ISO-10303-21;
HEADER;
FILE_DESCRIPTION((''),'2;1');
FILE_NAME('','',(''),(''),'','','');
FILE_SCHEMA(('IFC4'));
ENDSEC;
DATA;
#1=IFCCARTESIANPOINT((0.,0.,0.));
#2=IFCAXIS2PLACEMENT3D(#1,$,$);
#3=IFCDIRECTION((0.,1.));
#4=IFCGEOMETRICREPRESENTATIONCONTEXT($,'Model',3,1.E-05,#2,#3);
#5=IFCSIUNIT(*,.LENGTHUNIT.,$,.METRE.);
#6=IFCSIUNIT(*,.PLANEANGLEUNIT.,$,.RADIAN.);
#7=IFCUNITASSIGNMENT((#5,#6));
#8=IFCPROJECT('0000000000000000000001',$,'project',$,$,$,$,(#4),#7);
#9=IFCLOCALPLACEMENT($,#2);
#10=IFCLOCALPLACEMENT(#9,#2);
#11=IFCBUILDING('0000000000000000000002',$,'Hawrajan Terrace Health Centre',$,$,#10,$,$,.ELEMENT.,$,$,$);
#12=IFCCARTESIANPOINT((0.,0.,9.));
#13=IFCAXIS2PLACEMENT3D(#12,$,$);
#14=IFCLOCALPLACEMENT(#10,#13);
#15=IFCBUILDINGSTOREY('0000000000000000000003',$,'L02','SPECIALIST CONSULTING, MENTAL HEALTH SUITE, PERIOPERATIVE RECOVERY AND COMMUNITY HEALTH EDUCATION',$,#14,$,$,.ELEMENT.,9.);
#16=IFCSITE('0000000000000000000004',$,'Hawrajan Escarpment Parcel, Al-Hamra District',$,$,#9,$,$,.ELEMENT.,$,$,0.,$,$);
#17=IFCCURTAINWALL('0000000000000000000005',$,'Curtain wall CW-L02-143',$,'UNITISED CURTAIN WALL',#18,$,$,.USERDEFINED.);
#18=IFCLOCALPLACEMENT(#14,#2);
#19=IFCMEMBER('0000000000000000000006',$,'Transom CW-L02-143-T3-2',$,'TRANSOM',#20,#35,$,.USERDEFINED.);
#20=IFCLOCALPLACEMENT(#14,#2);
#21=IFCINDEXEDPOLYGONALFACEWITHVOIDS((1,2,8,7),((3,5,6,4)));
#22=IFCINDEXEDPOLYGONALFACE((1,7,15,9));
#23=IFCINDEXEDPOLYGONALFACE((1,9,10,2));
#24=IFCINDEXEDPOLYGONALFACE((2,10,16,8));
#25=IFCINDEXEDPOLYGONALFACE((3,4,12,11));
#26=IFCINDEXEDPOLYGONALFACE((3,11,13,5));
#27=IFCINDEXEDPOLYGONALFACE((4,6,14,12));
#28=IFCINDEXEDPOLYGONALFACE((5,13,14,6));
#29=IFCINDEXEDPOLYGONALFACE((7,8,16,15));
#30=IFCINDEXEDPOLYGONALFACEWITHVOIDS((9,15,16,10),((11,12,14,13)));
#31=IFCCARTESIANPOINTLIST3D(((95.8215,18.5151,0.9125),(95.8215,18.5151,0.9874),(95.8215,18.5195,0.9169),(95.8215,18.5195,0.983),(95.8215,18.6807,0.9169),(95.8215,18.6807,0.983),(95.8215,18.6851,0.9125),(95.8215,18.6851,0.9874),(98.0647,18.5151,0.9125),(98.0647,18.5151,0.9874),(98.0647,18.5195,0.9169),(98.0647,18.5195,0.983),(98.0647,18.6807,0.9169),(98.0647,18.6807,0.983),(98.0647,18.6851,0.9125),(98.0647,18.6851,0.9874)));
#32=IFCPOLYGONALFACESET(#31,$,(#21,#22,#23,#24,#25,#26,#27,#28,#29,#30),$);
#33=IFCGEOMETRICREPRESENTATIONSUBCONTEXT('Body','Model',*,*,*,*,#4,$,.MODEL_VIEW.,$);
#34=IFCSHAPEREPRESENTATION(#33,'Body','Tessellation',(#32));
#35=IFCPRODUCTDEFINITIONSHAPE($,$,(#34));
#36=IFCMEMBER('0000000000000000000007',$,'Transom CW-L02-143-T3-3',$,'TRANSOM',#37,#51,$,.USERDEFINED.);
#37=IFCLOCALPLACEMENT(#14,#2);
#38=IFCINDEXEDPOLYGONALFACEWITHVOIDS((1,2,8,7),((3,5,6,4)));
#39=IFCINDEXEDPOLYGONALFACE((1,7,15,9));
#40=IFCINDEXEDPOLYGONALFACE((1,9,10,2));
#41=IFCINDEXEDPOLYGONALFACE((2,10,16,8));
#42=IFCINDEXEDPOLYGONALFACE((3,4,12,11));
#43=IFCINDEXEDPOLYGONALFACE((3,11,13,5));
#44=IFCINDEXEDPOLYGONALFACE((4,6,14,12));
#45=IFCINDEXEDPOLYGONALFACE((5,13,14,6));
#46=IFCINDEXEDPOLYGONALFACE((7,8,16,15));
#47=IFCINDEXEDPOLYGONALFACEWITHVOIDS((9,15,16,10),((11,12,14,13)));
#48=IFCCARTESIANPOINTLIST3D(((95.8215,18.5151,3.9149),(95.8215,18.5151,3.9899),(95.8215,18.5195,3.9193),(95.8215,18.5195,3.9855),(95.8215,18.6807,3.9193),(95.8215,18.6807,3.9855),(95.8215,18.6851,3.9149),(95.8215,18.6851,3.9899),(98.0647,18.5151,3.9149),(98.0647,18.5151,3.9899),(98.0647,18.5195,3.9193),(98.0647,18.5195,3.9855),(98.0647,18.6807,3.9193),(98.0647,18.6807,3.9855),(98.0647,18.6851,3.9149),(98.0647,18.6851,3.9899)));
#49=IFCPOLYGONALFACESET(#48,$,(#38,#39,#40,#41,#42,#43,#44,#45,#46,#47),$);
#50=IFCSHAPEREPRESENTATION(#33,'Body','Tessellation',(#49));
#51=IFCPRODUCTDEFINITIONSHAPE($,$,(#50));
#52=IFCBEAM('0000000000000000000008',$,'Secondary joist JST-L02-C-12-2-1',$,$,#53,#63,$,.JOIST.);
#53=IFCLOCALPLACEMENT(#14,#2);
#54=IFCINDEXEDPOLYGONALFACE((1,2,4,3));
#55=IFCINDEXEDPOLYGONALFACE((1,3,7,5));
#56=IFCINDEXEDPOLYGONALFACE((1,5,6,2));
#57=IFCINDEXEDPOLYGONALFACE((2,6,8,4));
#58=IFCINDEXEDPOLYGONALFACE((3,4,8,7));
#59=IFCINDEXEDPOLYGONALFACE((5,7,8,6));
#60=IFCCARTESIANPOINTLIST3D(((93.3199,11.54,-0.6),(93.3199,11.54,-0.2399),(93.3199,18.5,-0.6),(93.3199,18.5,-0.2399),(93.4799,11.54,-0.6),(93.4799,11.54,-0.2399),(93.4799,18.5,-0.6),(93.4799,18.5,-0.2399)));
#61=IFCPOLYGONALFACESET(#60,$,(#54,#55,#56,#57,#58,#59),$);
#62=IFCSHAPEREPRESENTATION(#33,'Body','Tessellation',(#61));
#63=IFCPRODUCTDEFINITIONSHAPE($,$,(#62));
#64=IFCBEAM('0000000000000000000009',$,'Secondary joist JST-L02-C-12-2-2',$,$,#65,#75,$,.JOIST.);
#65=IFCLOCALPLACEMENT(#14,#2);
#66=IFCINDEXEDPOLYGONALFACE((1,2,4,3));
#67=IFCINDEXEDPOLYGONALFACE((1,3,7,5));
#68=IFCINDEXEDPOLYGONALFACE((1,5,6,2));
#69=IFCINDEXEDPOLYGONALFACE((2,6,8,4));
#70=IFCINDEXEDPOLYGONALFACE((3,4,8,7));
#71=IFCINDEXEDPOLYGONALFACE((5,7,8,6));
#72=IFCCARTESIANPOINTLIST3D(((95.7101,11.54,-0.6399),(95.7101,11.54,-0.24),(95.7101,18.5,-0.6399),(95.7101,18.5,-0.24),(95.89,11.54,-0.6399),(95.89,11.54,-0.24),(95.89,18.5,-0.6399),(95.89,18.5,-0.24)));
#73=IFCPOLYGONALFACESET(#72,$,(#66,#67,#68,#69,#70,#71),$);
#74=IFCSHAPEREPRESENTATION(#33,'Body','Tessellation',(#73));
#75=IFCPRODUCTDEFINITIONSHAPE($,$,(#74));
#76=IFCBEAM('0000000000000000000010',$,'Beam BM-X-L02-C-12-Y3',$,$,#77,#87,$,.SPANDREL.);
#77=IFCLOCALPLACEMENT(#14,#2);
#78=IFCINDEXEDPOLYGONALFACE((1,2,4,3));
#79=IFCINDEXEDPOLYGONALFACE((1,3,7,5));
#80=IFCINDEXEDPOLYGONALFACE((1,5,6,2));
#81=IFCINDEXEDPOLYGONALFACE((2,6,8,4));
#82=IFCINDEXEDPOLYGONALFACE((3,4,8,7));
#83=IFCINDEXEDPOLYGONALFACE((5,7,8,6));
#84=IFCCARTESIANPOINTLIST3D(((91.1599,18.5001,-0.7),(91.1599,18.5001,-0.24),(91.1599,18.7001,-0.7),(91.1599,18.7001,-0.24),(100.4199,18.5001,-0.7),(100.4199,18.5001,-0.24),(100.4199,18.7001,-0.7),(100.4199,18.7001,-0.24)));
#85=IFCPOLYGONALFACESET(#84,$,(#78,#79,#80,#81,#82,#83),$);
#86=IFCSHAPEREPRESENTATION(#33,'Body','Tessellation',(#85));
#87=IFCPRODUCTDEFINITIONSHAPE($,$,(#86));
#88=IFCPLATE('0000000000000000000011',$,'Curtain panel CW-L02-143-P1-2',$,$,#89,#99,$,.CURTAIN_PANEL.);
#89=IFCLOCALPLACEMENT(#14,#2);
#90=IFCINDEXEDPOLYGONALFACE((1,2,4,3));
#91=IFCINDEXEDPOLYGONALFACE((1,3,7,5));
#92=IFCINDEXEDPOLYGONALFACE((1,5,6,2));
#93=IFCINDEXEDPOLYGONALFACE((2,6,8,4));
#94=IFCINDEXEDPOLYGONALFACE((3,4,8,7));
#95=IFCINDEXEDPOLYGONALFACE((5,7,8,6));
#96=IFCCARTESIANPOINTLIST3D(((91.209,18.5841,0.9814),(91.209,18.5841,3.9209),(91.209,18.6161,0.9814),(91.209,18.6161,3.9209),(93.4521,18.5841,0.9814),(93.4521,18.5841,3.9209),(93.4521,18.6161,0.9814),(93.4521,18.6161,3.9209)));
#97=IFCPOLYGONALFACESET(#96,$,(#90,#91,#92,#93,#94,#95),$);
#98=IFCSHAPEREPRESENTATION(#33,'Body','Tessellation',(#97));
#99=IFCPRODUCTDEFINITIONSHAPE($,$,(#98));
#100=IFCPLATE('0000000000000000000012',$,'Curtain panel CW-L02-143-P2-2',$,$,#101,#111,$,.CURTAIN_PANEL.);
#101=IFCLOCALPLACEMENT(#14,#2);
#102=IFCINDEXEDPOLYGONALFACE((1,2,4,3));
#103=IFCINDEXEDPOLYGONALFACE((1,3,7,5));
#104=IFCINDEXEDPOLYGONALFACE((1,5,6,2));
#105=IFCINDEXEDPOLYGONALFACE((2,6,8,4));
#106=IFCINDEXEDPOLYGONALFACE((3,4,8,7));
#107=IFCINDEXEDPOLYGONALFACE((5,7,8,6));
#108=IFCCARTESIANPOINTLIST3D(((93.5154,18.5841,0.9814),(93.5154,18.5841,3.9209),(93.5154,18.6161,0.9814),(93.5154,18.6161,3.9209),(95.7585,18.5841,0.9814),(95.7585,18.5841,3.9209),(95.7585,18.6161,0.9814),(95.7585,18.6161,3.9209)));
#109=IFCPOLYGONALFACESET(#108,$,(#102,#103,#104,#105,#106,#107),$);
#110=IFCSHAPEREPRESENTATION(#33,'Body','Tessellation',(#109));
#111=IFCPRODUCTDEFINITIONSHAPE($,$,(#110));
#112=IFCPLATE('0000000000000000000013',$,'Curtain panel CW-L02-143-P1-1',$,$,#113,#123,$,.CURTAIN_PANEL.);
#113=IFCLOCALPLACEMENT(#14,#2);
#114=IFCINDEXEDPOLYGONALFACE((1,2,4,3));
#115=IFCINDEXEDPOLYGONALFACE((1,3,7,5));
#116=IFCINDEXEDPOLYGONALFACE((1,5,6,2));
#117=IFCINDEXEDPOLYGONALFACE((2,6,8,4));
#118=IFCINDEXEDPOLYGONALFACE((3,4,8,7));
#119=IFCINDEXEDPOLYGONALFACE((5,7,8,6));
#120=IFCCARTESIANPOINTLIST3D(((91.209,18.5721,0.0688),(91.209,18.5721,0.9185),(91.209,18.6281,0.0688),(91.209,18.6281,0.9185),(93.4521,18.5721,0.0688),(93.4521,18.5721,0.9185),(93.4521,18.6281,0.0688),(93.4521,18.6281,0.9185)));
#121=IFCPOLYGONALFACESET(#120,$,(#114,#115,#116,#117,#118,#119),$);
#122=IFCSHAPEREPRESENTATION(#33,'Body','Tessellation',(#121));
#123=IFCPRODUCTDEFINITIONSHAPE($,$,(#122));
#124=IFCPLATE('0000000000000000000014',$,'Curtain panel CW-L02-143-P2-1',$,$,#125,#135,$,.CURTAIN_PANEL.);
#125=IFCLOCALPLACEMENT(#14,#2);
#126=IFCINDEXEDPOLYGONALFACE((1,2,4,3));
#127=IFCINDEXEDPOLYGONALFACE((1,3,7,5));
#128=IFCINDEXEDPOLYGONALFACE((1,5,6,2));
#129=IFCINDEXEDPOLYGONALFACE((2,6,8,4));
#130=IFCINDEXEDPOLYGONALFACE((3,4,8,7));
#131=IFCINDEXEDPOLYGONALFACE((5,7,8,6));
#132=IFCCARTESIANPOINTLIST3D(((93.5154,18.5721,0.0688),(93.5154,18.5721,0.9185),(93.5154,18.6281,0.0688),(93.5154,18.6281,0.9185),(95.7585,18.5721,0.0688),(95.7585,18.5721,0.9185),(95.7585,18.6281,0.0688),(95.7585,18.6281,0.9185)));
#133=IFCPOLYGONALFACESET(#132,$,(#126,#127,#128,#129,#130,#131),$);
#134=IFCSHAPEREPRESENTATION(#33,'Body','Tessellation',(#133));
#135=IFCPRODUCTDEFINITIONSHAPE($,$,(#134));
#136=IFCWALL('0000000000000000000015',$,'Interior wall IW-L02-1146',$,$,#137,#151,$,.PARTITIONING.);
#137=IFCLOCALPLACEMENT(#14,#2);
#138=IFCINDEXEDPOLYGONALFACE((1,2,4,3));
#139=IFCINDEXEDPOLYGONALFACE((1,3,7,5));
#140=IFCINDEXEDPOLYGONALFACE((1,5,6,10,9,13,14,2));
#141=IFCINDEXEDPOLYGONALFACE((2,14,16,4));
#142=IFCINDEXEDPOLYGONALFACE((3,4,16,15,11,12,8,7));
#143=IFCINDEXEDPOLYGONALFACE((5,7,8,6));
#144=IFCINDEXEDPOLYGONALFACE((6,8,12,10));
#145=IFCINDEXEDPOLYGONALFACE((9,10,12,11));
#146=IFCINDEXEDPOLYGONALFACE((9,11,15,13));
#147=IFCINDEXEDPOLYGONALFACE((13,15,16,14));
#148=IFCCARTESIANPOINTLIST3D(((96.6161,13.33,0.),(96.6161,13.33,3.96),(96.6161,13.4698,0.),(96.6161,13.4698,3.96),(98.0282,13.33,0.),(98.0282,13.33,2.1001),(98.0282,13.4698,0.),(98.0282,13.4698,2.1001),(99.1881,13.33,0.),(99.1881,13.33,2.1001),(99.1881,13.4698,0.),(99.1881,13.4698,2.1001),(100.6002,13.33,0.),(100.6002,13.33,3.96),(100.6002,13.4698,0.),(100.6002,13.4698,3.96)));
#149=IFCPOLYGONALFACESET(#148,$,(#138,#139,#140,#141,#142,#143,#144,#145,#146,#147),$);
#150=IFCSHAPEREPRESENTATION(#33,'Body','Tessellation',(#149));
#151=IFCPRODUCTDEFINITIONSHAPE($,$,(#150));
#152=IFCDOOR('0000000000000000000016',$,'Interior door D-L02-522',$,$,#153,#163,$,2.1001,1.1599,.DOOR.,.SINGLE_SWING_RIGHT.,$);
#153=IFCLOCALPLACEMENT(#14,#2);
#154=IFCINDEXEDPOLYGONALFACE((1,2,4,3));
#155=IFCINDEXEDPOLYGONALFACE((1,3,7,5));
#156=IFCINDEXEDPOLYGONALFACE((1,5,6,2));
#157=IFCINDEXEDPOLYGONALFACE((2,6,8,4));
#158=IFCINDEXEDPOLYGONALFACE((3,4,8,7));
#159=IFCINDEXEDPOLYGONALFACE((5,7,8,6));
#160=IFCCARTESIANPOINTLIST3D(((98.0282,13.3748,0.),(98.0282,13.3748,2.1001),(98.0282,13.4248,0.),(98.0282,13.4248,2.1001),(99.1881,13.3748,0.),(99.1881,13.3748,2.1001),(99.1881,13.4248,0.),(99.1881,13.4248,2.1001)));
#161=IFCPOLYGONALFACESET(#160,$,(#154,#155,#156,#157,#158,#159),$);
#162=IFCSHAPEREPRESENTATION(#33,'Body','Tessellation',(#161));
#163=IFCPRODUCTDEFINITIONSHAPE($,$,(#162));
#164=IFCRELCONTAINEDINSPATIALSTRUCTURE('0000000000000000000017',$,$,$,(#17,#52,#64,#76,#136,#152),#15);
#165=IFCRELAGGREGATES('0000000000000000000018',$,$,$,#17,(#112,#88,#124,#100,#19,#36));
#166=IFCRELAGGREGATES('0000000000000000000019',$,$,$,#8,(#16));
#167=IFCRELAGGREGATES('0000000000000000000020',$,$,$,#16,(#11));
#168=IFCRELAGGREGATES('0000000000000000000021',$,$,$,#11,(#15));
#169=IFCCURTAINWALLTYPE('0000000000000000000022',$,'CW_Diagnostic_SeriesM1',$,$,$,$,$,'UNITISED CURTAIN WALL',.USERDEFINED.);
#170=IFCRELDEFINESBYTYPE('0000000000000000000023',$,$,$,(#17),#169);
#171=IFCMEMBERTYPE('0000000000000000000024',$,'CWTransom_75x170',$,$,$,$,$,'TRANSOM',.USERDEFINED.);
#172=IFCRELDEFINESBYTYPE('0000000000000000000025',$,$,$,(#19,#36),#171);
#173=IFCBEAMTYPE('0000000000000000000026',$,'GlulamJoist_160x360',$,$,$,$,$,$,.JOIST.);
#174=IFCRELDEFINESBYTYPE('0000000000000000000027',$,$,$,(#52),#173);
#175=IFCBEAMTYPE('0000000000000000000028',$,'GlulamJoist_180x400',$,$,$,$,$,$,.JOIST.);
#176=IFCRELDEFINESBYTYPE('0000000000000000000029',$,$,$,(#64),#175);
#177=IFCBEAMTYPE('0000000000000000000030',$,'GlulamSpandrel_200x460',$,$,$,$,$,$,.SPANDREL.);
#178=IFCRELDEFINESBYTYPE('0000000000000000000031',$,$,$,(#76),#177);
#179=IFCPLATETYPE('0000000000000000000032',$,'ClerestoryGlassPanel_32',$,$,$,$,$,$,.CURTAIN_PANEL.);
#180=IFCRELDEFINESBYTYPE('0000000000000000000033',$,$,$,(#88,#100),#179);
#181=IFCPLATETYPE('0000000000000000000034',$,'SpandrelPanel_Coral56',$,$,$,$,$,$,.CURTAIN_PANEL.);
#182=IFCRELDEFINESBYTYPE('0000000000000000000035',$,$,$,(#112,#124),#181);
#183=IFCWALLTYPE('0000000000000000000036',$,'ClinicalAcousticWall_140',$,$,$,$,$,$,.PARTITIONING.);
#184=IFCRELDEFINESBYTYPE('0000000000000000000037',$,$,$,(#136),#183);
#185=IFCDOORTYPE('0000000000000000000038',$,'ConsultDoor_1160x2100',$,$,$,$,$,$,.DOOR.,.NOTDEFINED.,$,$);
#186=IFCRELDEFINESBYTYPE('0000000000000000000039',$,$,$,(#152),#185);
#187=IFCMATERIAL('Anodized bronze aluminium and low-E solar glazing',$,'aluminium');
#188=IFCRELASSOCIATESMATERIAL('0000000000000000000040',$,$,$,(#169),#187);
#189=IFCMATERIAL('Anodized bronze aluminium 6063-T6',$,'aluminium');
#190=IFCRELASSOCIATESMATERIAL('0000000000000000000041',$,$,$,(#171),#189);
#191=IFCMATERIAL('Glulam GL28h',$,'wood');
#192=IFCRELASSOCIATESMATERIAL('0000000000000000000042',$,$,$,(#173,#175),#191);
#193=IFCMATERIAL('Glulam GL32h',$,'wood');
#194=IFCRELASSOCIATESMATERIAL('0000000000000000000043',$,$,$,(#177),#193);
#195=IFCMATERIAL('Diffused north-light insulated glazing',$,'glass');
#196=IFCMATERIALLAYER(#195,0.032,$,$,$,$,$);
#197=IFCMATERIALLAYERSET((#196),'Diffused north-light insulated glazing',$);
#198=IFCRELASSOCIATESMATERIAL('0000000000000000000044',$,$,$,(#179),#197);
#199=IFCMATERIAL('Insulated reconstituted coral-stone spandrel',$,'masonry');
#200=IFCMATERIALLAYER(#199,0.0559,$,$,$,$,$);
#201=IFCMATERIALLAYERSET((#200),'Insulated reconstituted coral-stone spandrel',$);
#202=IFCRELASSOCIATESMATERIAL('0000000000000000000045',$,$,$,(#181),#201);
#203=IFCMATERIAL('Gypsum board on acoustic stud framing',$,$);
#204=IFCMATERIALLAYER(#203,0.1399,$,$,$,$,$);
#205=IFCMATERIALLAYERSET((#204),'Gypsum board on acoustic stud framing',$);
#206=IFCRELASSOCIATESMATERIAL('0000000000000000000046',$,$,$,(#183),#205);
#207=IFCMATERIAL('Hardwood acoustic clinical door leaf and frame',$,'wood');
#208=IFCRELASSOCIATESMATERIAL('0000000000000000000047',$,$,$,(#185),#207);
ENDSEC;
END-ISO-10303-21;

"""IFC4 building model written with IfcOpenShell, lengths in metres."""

from ifc_helpers import new_model, si_unit, direction, frame, frame_2d, origin, origin_2d, place, context, subcontext, project, spatial, rectangle, hollow_rectangle, extrude, material, layer, layer_set, material_profile, profile_set, type_object, element, fill, aggregate, save


model = new_model("IFC4")

# Units and contexts
model_context = context("Model", 3, precision=1e-05, world=origin(), true_north=direction((0.0, 1.0)))
body_context = subcontext(model_context, "Body", "Model", "MODEL_VIEW")
ifc_project = project(units=[si_unit("LENGTHUNIT", "METRE"), si_unit("PLANEANGLEUNIT", "RADIAN")], contexts=[model_context])

# Site, building, storey
site_placement = place(None, origin())
site = spatial("IfcSite", under=ifc_project, at=site_placement, Name="Hawrajan Escarpment Parcel, Al-Hamra District", CompositionType="ELEMENT", RefElevation=0.0)
building_placement = place(site_placement, origin())
building = spatial("IfcBuilding", under=site, at=building_placement, Name="Hawrajan Terrace Health Centre", CompositionType="ELEMENT")
storey_placement = place(building_placement, frame((0.0, 0.0, 9.0)))
storey = spatial("IfcBuildingStorey", under=building, at=storey_placement, Name="L02", Description="SPECIALIST CONSULTING, MENTAL HEALTH SUITE, PERIOPERATIVE RECOVERY AND COMMUNITY HEALTH EDUCATION", CompositionType="ELEMENT", Elevation=9.0)

# Shared definitions
ifc_material_1 = material(Name="Glulam GL32h", Category="wood")

# Curtain wall, members
ifc_material_2 = material(Name="Anodized bronze aluminium and low-E solar glazing", Category="aluminium")
curtain_wall_type = type_object("IfcCurtainWallType", Name="CW_Diagnostic_SeriesM1", ElementType="UNITISED CURTAIN WALL", PredefinedType="USERDEFINED", material=ifc_material_2)
curtain_wall_placement = place(storey_placement, origin())
curtain_wall = element("IfcCurtainWall", 1, at=curtain_wall_placement, inside=storey, type_object=curtain_wall_type, Name="Curtain wall CW-L02-143", ObjectType="UNITISED CURTAIN WALL", PredefinedType="USERDEFINED")
ifc_material_3 = material(Name="Anodized bronze aluminium 6063-T6", Category="aluminium")
ifc_material_profile_1 = material_profile(ifc_material_3, hollow_rectangle(XDim=0.075, YDim=0.1699, WallThickness=0.0044, at=origin_2d()), Name="CW TRN 75x170")
ifc_profile_set_1 = profile_set([ifc_material_profile_1], Name="Anodized bronze aluminium 6063-T6")
member_type_1 = type_object("IfcMemberType", Name="CWTransom_75x170", ElementType="TRANSOM", PredefinedType="USERDEFINED", material=ifc_profile_set_1)
member_1_placement = place(storey_placement, frame((95.8215, 18.6001, 0.95), z_axis=(1.0, 0.0, 0.0), x_axis=(0.0, 0.0, 1.0)))
member_1 = element("IfcMember", 2, at=member_1_placement, type_object=member_type_1, Name="Transom CW-L02-143-T3-2", ObjectType="TRANSOM", PredefinedType="USERDEFINED", context=body_context, shape_type="SweptSolid", body=[
    extrude(hollow_rectangle(XDim=0.075, YDim=0.1699, WallThickness=0.0044, at=origin_2d()), origin(), (0.0, 0.0, 1.0), 2.2432),
])
member_2_placement = place(storey_placement, frame((95.8215, 18.6001, 3.9524), z_axis=(1.0, 0.0, 0.0), x_axis=(0.0, 0.0, 1.0)))
member_2 = element("IfcMember", 3, at=member_2_placement, type_object=member_type_1, Name="Transom CW-L02-143-T3-3", ObjectType="TRANSOM", PredefinedType="USERDEFINED", context=body_context, shape_type="SweptSolid", body=[
    extrude(hollow_rectangle(XDim=0.075, YDim=0.1699, WallThickness=0.0044, at=origin_2d()), origin(), (0.0, 0.0, 1.0), 2.2432),
])

# Beams
ifc_material_4 = material(Name="Glulam GL28h", Category="wood")
ifc_material_profile_2 = material_profile(ifc_material_4, rectangle(XDim=0.1599, YDim=0.3601, at=origin_2d()), Name="GL JST 160x360")
ifc_profile_set_2 = profile_set([ifc_material_profile_2], Name="Glulam GL28h")
beam_type_1 = type_object("IfcBeamType", Name="GlulamJoist_160x360", PredefinedType="JOIST", material=ifc_profile_set_2)
beam_1_placement = place(storey_placement, frame((93.3999, 11.54, -0.4199), z_axis=(0.0, 1.0, 0.0), x_axis=(-1.0, 0.0, 0.0)))
element("IfcBeam", 4, at=beam_1_placement, inside=storey, type_object=beam_type_1, Name="Secondary joist JST-L02-C-12-2-1", PredefinedType="JOIST", context=body_context, shape_type="SweptSolid", body=[
    extrude(rectangle(XDim=0.1599, YDim=0.3601, at=origin_2d()), origin(), (0.0, 0.0, 1.0), 6.96),
])
ifc_material_profile_3 = material_profile(ifc_material_4, rectangle(XDim=0.1799, YDim=0.3999, at=origin_2d()), Name="GL JST 180x400")
ifc_profile_set_3 = profile_set([ifc_material_profile_3], Name="Glulam GL28h")
beam_type_2 = type_object("IfcBeamType", Name="GlulamJoist_180x400", PredefinedType="JOIST", material=ifc_profile_set_3)
beam_2_placement = place(storey_placement, frame((95.8, 11.54, -0.4399), z_axis=(0.0, 1.0, 0.0), x_axis=(-1.0, 0.0, 0.0)))
element("IfcBeam", 5, at=beam_2_placement, inside=storey, type_object=beam_type_2, Name="Secondary joist JST-L02-C-12-2-2", PredefinedType="JOIST", context=body_context, shape_type="SweptSolid", body=[
    extrude(rectangle(XDim=0.1799, YDim=0.3999, at=origin_2d()), origin(), (0.0, 0.0, 1.0), 6.96),
])
ifc_material_profile_4 = material_profile(ifc_material_1, rectangle(XDim=0.2, YDim=0.46, at=origin_2d()), Name="GL SP 200x460")
ifc_profile_set_4 = profile_set([ifc_material_profile_4], Name="Glulam GL32h")
beam_type_3 = type_object("IfcBeamType", Name="GlulamSpandrel_200x460", PredefinedType="SPANDREL", material=ifc_profile_set_4)
beam_3_placement = place(storey_placement, frame((91.1599, 18.6001, -0.47), z_axis=(1.0, 0.0, 0.0), x_axis=(0.0, 1.0, 0.0)))
element("IfcBeam", 6, at=beam_3_placement, inside=storey, type_object=beam_type_3, Name="Beam BM-X-L02-C-12-Y3", PredefinedType="SPANDREL", context=body_context, shape_type="SweptSolid", body=[
    extrude(rectangle(XDim=0.2, YDim=0.46, at=origin_2d()), origin(), (0.0, 0.0, 1.0), 9.26),
])

# Plates
ifc_material_5 = material(Name="Diffused north-light insulated glazing", Category="glass")
ifc_layer_1 = layer(ifc_material_5, 0.032)
ifc_layer_set_1 = layer_set([ifc_layer_1], Name="Diffused north-light insulated glazing")
plate_type_1 = type_object("IfcPlateType", Name="ClerestoryGlassPanel_32", PredefinedType="CURTAIN_PANEL", material=ifc_layer_set_1)
plate_1_placement = place(storey_placement, frame((92.3306, 18.6001, 0.9814), z_axis=(0.0, 0.0, 1.0), x_axis=(1.0, 0.0, 0.0)))
plate_1 = element("IfcPlate", 7, at=plate_1_placement, type_object=plate_type_1, Name="Curtain panel CW-L02-143-P1-2", PredefinedType="CURTAIN_PANEL", context=body_context, shape_type="SweptSolid", body=[
    extrude(rectangle(XDim=2.2432, YDim=0.032, at=origin_2d()), origin(), (0.0, 0.0, 1.0), 2.9395),
])
plate_2_placement = place(storey_placement, frame((94.637, 18.6001, 0.9814), z_axis=(0.0, 0.0, 1.0), x_axis=(1.0, 0.0, 0.0)))
plate_2 = element("IfcPlate", 8, at=plate_2_placement, type_object=plate_type_1, Name="Curtain panel CW-L02-143-P2-2", PredefinedType="CURTAIN_PANEL", context=body_context, shape_type="SweptSolid", body=[
    extrude(rectangle(XDim=2.2432, YDim=0.032, at=origin_2d()), origin(), (0.0, 0.0, 1.0), 2.9395),
])
ifc_material_6 = material(Name="Insulated reconstituted coral-stone spandrel", Category="masonry")
ifc_layer_2 = layer(ifc_material_6, 0.0559)
ifc_layer_set_2 = layer_set([ifc_layer_2], Name="Insulated reconstituted coral-stone spandrel")
plate_type_2 = type_object("IfcPlateType", Name="SpandrelPanel_Coral56", PredefinedType="CURTAIN_PANEL", material=ifc_layer_set_2)
plate_3_placement = place(storey_placement, frame((92.3306, 18.6001, 0.0688), z_axis=(0.0, 0.0, 1.0), x_axis=(1.0, 0.0, 0.0)))
plate_3 = element("IfcPlate", 9, at=plate_3_placement, type_object=plate_type_2, Name="Curtain panel CW-L02-143-P1-1", PredefinedType="CURTAIN_PANEL", context=body_context, shape_type="SweptSolid", body=[
    extrude(rectangle(XDim=2.2432, YDim=0.0559, at=origin_2d()), origin(), (0.0, 0.0, 1.0), 0.8496),
])
plate_4_placement = place(storey_placement, frame((94.637, 18.6001, 0.0688), z_axis=(0.0, 0.0, 1.0), x_axis=(1.0, 0.0, 0.0)))
plate_4 = element("IfcPlate", 10, at=plate_4_placement, type_object=plate_type_2, Name="Curtain panel CW-L02-143-P2-1", PredefinedType="CURTAIN_PANEL", context=body_context, shape_type="SweptSolid", body=[
    extrude(rectangle(XDim=2.2432, YDim=0.0559, at=origin_2d()), origin(), (0.0, 0.0, 1.0), 0.8496),
])
aggregate(curtain_wall, [plate_3, plate_1, plate_4, plate_2, member_1, member_2])

# Wall, opening, door
ifc_material_7 = material(Name="Gypsum board on acoustic stud framing")
ifc_layer_3 = layer(ifc_material_7, 0.1399)
ifc_layer_set_3 = layer_set([ifc_layer_3], Name="Gypsum board on acoustic stud framing")
wall_type = type_object("IfcWallType", Name="ClinicalAcousticWall_140", PredefinedType="PARTITIONING", material=ifc_layer_set_3)
wall_placement = place(storey_placement, frame((96.616, 13.3999, 0.0), z_axis=(0.0, 0.0, 1.0), x_axis=(1.0, 0.0, 0.0)))
wall = element("IfcWall", 11, at=wall_placement, inside=storey, type_object=wall_type, Name="Interior wall IW-L02-1146", PredefinedType="PARTITIONING", context=body_context, shape_type="SweptSolid", body=[
    extrude(rectangle(XDim=3.9841, YDim=0.1399, at=frame_2d((1.9922, 0.0))), origin(), (0.0, 0.0, 1.0), 3.96),
])
opening_placement = place(wall_placement, frame((1.4121, 0.0, 0.0)))
opening = element("IfcOpeningElement", 12, at=opening_placement, cuts=wall, PredefinedType="OPENING", context=body_context, shape_type="SweptSolid", body=[
    extrude(rectangle(XDim=1.1599, YDim=2.1001, at=frame_2d((0.5801, 1.05))), frame((0.0, 0.0798, 0.0), z_axis=(0.0, -1.0, 0.0), x_axis=(1.0, 0.0, 0.0)), (0.0, 0.0, 1.0), 0.1599),
])
ifc_material_8 = material(Name="Hardwood acoustic clinical door leaf and frame", Category="wood")
door_type = type_object("IfcDoorType", Name="ConsultDoor_1160x2100", OperationType="NOTDEFINED", PredefinedType="DOOR", material=ifc_material_8)
door_placement = place(opening_placement, origin())
door = element("IfcDoor", 13, at=door_placement, inside=storey, type_object=door_type, Name="Interior door D-L02-522", OperationType="SINGLE_SWING_RIGHT", OverallHeight=2.1001, OverallWidth=1.1599, PredefinedType="DOOR", context=body_context, shape_type="SweptSolid", body=[
    extrude(rectangle(XDim=1.1599, YDim=2.1001, at=frame_2d((0.5801, 1.05))), frame((0.0, 0.0249, 0.0), z_axis=(0.0, -1.0, 0.0), x_axis=(1.0, 0.0, 0.0)), (0.0, 0.0, 1.0), 0.05),
])
fill(opening, door)

save(model, "model.ifc")
